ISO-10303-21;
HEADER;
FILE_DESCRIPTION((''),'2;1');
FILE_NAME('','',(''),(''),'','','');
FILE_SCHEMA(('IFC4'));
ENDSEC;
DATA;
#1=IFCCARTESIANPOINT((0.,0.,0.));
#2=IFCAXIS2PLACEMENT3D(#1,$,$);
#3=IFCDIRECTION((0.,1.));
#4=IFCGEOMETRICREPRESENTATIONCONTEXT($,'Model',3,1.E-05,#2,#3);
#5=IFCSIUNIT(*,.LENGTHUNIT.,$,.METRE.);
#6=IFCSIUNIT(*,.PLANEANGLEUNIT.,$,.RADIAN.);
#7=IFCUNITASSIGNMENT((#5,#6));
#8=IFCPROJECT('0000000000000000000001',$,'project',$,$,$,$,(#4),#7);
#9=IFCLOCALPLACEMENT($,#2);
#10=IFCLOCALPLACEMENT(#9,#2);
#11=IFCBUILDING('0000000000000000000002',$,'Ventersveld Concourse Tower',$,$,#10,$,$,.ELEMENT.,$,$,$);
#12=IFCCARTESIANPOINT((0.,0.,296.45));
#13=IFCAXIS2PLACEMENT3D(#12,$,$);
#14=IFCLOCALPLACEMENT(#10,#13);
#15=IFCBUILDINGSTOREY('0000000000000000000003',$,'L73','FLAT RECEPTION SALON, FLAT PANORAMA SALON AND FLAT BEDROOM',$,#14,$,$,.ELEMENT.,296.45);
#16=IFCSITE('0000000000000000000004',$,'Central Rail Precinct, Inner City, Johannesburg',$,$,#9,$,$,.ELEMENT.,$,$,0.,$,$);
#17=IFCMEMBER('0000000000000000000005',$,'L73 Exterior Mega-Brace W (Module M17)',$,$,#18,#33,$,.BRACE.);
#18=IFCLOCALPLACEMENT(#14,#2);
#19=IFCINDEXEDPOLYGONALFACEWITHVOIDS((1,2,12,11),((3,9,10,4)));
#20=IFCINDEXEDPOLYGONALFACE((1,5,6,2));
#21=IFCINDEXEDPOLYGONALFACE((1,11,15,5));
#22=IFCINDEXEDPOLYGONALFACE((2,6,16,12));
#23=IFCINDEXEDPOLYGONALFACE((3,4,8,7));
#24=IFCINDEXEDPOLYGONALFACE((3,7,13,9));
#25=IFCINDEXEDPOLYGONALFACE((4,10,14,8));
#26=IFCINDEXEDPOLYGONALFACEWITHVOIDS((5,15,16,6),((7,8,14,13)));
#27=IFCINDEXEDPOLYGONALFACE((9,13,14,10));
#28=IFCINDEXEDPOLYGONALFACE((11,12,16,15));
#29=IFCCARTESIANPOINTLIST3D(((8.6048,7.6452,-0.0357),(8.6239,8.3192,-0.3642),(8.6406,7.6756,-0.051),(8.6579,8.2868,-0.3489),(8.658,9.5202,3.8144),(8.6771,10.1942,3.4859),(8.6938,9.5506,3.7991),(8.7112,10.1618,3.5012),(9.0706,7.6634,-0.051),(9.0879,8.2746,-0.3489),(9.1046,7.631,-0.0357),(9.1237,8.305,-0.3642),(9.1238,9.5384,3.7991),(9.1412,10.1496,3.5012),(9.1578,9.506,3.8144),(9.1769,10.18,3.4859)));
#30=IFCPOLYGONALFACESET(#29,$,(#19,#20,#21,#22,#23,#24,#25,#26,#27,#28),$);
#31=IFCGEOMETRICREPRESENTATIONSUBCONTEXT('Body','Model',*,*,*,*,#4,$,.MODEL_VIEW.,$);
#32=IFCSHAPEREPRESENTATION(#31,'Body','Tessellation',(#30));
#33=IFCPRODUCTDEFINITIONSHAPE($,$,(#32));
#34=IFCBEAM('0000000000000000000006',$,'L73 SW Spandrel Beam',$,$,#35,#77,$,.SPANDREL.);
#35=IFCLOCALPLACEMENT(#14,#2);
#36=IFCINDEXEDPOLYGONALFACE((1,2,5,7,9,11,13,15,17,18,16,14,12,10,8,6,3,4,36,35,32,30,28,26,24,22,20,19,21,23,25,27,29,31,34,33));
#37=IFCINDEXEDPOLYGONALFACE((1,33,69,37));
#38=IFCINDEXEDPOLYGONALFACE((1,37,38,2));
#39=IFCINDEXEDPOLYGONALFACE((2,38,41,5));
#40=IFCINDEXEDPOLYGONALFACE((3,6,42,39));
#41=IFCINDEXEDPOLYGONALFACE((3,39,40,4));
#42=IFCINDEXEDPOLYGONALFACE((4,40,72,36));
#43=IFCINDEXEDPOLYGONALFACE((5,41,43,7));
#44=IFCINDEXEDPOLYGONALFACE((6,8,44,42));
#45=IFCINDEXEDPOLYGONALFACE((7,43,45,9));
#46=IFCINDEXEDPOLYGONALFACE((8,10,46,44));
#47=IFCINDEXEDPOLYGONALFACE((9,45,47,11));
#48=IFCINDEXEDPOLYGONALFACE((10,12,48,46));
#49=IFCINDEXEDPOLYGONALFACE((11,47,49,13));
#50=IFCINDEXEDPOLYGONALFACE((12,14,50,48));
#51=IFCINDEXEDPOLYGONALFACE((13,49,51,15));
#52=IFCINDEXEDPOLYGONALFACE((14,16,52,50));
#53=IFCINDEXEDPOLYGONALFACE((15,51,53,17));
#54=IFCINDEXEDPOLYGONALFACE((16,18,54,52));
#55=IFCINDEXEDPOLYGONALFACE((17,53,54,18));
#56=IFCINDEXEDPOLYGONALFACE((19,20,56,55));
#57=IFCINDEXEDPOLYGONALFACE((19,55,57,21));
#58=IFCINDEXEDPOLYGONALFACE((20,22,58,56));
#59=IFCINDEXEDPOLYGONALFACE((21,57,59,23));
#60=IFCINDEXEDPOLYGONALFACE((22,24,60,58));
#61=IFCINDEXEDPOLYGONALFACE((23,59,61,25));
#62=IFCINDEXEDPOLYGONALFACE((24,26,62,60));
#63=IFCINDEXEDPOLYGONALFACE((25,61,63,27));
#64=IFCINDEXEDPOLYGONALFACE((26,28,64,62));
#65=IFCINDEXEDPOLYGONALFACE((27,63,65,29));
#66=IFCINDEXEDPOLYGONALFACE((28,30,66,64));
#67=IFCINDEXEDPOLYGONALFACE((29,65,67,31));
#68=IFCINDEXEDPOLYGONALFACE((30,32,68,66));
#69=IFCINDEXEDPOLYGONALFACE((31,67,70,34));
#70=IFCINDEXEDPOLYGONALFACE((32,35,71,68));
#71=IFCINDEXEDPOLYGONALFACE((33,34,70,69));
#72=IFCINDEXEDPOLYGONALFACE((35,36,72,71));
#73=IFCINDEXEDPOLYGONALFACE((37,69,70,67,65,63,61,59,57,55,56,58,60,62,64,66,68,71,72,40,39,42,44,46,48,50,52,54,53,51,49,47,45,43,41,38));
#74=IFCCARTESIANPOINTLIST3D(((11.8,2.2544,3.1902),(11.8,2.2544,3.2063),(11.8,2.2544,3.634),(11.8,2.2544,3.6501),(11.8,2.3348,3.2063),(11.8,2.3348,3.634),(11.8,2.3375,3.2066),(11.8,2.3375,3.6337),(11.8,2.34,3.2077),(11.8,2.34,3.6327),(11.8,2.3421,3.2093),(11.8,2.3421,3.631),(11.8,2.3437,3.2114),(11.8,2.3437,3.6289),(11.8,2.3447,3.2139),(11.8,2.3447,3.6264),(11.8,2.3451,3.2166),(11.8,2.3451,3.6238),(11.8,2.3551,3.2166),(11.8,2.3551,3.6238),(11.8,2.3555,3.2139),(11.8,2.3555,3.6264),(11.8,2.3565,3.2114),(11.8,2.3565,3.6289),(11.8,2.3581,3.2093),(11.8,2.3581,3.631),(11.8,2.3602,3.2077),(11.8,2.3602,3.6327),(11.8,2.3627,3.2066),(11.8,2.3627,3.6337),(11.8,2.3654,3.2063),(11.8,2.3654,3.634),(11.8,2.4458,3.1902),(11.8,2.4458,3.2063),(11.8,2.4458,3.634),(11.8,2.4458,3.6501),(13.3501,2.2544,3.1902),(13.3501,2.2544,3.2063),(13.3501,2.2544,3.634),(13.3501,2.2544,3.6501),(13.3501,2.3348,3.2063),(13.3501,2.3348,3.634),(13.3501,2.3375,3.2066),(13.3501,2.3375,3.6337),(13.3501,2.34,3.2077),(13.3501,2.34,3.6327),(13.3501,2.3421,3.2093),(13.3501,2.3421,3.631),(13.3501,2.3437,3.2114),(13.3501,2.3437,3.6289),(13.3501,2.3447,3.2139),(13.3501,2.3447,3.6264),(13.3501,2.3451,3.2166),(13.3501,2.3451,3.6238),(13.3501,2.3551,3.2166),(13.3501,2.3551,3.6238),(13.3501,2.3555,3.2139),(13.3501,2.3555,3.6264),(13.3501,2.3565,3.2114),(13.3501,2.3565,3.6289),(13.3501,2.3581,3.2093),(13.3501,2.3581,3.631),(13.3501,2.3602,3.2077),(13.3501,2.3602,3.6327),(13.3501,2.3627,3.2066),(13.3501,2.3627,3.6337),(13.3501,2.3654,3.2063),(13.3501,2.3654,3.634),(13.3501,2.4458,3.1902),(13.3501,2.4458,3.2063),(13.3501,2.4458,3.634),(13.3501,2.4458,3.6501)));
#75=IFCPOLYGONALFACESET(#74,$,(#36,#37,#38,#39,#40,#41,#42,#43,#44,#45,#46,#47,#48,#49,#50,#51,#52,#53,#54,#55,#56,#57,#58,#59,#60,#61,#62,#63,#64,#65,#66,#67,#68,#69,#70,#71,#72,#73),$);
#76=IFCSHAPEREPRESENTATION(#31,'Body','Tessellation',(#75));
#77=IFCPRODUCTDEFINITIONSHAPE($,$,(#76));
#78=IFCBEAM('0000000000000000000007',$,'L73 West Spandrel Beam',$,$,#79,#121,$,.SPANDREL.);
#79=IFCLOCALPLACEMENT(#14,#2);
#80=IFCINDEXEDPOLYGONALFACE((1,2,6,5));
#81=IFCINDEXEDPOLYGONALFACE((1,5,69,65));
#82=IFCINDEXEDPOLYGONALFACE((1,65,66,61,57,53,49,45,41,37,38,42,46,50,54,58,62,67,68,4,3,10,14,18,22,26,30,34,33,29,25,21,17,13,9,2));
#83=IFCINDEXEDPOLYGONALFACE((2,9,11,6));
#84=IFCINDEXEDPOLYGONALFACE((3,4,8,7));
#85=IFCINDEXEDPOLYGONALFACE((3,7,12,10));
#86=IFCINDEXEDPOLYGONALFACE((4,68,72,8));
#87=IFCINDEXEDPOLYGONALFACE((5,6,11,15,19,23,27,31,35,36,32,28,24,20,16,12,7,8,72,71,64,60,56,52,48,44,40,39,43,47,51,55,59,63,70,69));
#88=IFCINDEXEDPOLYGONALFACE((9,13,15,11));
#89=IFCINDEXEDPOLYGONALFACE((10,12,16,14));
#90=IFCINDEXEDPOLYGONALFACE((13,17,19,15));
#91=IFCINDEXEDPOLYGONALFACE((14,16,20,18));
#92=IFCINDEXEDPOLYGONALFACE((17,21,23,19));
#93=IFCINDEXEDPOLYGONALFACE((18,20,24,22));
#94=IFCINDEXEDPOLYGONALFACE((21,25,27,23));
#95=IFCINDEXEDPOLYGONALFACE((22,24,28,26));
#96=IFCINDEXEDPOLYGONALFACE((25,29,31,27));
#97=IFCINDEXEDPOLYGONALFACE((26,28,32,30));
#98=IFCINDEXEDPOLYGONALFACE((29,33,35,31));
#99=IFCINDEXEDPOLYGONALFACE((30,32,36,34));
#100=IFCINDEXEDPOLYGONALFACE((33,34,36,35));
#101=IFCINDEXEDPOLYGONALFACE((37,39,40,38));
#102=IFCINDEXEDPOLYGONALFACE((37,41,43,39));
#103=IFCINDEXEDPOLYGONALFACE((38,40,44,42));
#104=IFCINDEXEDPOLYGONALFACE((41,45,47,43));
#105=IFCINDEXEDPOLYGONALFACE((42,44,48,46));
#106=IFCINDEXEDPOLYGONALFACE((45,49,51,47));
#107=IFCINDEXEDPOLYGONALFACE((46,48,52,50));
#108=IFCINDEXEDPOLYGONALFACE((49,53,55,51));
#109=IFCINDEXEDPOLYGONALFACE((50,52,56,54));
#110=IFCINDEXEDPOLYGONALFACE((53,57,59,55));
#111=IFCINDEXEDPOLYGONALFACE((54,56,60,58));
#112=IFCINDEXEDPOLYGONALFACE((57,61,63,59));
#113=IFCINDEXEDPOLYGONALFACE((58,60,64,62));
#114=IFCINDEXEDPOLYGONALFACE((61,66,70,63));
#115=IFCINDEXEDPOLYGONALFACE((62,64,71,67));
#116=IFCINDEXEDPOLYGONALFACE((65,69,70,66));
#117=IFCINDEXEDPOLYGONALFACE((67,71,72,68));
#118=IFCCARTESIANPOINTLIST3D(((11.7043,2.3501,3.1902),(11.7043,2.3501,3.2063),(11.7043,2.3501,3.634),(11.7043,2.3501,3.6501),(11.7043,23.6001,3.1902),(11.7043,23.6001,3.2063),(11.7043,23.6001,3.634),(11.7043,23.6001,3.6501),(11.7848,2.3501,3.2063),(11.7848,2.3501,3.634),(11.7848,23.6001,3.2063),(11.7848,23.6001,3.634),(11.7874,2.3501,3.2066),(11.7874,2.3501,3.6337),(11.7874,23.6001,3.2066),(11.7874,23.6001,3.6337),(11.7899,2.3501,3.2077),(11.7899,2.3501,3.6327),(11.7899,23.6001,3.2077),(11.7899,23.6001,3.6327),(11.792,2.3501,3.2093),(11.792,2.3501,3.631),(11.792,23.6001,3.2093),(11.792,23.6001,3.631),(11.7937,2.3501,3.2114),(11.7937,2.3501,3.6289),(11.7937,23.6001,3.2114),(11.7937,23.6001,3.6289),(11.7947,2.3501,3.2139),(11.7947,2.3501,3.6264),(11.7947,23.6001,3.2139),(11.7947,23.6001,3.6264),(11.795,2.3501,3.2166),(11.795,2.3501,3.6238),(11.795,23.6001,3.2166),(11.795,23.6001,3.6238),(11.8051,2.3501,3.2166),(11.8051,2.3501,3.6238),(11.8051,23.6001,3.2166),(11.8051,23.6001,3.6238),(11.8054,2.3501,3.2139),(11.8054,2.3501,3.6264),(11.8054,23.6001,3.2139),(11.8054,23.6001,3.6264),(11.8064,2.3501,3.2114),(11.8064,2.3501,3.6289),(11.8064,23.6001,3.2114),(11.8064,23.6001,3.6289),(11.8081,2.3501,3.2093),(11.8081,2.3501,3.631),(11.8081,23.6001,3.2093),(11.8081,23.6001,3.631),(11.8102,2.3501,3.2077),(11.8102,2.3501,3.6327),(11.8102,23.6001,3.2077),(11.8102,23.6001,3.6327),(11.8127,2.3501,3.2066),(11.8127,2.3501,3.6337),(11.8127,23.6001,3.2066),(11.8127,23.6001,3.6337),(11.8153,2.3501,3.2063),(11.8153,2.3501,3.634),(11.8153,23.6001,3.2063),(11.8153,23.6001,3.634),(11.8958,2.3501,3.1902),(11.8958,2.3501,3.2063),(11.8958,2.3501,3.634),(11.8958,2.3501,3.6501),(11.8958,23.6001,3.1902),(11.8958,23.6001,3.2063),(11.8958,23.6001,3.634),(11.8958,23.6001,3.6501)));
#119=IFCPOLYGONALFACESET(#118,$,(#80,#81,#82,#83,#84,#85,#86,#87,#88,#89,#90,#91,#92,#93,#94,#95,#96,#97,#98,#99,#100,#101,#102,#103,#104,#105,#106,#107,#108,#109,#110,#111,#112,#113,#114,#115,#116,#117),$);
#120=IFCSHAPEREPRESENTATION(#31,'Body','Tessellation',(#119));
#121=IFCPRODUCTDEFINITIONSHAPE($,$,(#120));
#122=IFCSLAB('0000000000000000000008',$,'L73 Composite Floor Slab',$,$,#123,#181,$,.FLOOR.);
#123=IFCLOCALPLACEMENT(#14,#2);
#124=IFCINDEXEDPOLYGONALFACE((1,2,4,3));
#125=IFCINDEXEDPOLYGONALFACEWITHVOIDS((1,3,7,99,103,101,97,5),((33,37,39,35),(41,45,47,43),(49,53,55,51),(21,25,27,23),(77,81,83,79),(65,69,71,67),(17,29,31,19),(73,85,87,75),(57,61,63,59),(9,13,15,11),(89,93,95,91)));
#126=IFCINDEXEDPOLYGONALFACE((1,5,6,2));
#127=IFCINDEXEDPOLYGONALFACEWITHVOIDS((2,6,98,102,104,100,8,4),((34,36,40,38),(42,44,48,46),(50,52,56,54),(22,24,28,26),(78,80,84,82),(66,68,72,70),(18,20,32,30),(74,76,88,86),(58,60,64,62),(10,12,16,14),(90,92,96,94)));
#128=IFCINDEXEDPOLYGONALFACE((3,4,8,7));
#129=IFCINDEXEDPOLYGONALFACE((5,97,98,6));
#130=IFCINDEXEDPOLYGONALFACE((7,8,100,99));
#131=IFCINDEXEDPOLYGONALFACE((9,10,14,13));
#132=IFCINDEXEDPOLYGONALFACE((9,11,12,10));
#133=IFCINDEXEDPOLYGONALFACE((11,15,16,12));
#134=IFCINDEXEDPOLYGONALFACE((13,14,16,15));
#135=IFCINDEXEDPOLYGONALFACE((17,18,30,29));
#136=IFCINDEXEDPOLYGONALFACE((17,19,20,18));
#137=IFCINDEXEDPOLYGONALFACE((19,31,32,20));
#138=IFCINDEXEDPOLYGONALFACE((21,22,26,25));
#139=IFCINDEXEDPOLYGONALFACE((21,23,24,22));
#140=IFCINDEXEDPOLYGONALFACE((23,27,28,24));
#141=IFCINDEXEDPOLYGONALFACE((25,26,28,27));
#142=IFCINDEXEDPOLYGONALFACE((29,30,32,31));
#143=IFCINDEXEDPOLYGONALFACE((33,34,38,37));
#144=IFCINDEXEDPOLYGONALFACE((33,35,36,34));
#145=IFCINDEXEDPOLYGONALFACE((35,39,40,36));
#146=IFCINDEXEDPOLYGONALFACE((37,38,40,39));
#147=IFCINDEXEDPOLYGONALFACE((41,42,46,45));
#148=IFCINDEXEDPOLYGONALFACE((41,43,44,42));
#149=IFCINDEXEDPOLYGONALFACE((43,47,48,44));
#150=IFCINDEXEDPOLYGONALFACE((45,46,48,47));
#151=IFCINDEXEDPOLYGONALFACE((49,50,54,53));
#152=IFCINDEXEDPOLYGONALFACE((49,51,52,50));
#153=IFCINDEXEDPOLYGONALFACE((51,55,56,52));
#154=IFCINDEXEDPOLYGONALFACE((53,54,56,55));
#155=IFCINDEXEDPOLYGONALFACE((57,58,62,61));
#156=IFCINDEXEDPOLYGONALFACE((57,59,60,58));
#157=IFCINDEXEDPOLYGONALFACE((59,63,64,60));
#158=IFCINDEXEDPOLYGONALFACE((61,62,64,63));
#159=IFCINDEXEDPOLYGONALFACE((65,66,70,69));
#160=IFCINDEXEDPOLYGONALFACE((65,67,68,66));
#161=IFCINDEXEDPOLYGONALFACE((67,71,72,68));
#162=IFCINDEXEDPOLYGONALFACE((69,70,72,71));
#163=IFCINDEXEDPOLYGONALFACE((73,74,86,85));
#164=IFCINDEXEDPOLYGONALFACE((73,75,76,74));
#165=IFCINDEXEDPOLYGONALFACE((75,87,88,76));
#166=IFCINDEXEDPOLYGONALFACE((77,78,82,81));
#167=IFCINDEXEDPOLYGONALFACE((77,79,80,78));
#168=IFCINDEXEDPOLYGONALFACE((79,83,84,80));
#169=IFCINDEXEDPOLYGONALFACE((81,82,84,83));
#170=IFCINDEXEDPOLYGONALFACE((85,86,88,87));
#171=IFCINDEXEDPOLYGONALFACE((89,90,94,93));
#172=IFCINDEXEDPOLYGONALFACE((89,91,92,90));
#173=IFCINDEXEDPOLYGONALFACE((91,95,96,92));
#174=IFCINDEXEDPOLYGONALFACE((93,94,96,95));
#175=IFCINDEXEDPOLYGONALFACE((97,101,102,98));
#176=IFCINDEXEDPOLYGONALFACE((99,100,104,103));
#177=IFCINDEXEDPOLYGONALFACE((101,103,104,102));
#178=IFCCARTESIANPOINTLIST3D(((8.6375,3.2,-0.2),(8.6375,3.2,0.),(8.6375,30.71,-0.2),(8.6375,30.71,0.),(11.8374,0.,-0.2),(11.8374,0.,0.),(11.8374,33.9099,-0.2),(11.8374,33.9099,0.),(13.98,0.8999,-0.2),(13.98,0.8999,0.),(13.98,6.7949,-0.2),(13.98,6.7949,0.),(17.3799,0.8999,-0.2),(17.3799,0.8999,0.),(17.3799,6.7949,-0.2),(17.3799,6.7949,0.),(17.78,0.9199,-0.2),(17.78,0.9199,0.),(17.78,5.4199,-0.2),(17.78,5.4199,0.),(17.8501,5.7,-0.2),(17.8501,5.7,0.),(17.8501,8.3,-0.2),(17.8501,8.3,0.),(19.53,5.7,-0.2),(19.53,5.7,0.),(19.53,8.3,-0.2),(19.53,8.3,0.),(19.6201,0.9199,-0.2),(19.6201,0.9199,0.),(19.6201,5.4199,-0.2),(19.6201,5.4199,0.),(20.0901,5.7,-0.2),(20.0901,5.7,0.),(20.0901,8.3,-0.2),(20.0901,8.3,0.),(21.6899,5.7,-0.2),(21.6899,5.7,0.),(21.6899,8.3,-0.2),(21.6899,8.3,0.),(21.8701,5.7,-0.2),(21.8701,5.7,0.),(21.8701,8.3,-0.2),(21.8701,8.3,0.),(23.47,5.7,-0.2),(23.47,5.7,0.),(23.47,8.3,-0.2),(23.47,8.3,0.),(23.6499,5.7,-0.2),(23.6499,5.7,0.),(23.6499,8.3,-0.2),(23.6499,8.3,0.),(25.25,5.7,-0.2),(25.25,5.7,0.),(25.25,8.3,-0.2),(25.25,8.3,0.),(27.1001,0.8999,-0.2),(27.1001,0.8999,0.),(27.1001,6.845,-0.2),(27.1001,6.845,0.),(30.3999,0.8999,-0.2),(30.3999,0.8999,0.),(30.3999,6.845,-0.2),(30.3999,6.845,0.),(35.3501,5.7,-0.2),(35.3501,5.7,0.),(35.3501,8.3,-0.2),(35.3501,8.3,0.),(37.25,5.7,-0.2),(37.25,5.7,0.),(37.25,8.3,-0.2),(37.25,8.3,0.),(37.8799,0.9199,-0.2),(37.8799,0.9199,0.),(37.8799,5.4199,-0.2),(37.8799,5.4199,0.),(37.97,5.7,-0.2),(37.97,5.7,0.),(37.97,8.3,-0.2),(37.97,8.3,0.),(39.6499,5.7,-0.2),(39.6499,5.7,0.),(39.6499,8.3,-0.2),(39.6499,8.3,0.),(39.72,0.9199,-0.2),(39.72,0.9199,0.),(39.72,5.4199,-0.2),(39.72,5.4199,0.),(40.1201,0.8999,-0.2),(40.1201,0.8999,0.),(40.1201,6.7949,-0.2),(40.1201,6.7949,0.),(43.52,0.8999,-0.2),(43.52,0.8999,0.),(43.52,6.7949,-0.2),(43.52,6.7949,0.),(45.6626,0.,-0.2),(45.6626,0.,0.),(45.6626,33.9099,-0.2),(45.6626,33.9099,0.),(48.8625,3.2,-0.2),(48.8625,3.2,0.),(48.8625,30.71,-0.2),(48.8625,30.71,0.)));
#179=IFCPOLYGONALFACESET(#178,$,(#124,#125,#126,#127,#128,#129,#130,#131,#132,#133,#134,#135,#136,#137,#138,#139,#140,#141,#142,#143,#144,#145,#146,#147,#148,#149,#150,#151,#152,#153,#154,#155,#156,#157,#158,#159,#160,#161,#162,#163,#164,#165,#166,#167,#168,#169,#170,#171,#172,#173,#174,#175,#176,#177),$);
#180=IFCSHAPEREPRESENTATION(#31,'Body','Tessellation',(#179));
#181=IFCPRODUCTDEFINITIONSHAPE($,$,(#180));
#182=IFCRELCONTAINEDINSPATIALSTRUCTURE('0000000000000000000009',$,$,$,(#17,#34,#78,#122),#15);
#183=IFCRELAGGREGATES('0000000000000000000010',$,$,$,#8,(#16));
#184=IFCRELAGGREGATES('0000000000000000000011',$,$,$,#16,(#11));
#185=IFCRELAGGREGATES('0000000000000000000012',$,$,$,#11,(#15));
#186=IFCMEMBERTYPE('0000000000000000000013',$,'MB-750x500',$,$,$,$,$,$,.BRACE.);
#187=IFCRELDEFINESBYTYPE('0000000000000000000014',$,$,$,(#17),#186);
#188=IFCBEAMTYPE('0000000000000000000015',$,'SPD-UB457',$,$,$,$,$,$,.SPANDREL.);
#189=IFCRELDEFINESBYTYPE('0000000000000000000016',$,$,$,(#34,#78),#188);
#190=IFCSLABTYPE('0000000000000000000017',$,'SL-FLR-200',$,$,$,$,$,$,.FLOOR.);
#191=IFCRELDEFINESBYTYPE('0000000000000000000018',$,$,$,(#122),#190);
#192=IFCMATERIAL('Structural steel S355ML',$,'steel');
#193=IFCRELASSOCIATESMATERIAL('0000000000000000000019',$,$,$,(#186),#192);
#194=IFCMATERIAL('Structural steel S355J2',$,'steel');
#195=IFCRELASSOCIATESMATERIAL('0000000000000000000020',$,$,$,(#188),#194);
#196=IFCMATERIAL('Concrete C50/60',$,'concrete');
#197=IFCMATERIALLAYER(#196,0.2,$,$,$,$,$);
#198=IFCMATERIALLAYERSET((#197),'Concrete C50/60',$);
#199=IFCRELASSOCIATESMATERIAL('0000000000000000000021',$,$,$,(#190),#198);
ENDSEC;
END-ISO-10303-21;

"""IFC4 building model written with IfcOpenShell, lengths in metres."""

from ifc_helpers import new_model, si_unit, direction, frame, origin, origin_2d, place, context, subcontext, project, spatial, polyline, hollow_rectangle, i_section, outline, extrude, material, layer, layer_set, material_profile, profile_set, type_object, element, save


model = new_model("IFC4")

# Units and contexts
model_context = context("Model", 3, precision=1e-05, world=origin(), true_north=direction((0.0, 1.0)))
body_context = subcontext(model_context, "Body", "Model", "MODEL_VIEW")
ifc_project = project(units=[si_unit("LENGTHUNIT", "METRE"), si_unit("PLANEANGLEUNIT", "RADIAN")], contexts=[model_context])

# Site, building, storey
site_placement = place(None, origin())
site = spatial("IfcSite", under=ifc_project, at=site_placement, Name="Central Rail Precinct, Inner City, Johannesburg", CompositionType="ELEMENT", RefElevation=0.0)
building_placement = place(site_placement, origin())
building = spatial("IfcBuilding", under=site, at=building_placement, Name="Ventersveld Concourse Tower", CompositionType="ELEMENT")
storey_placement = place(building_placement, frame((0.0, 0.0, 296.45)))
storey = spatial("IfcBuildingStorey", under=building, at=storey_placement, Name="L73", Description="FLAT RECEPTION SALON, FLAT PANORAMA SALON AND FLAT BEDROOM", CompositionType="ELEMENT", Elevation=296.45)

# Shared definitions
ifc_material_1 = material(Name="Concrete C50/60", Category="concrete")

# Shared definitions
ifc_material_2 = material(Name="Structural steel S355J2", Category="steel")

# Member
ifc_material_3 = material(Name="Structural steel S355ML", Category="steel")
ifc_material_profile_1 = material_profile(ifc_material_3, hollow_rectangle(XDim=0.5, YDim=0.75, WallThickness=0.0349, at=origin_2d()), Name="BOX 750x500x35")
ifc_profile_set_1 = profile_set([ifc_material_profile_1], Name="Structural steel S355ML")
member_type = type_object("IfcMemberType", Name="MB-750x500", PredefinedType="BRACE", material=ifc_profile_set_1)
member_placement = place(storey_placement, frame((8.8643, 7.9751, -0.2), z_axis=(0.012427, 0.437806, 0.898984), x_axis=(-0.999597, 0.028374, 0.0)))
element("IfcMember", 1, at=member_placement, inside=storey, type_object=member_type, Name="L73 Exterior Mega-Brace W (Module M17)", PredefinedType="BRACE", context=body_context, shape_type="SweptSolid", body=[
    extrude(hollow_rectangle(XDim=0.5, YDim=0.75, WallThickness=0.0349, at=origin_2d()), origin(), (0.0, 0.0, 1.0), 4.2827),
])

# Beams
ifc_material_profile_2 = material_profile(ifc_material_2, i_section(OverallWidth=0.1914, OverallDepth=0.46, WebThickness=0.01, FlangeThickness=0.0161, FilletRadius=0.0103, at=origin_2d()), Name="UB 457x191x82")
ifc_profile_set_2 = profile_set([ifc_material_profile_2], Name="Structural steel S355J2")
beam_type_1 = type_object("IfcBeamType", Name="SPD-UB457", PredefinedType="SPANDREL", material=ifc_profile_set_2)
beam_1_placement = place(storey_placement, frame((11.8, 2.3501, 3.4202), z_axis=(1.0, 0.0, 0.0), x_axis=(0.0, 1.0, 0.0)))
element("IfcBeam", 2, at=beam_1_placement, inside=storey, type_object=beam_type_1, Name="L73 SW Spandrel Beam", PredefinedType="SPANDREL", context=body_context, shape_type="SweptSolid", body=[
    extrude(i_section(OverallWidth=0.1914, OverallDepth=0.46, WebThickness=0.01, FlangeThickness=0.0161, FilletRadius=0.0103, at=origin_2d()), origin(), (0.0, 0.0, 1.0), 1.55),
])
beam_2_placement = place(storey_placement, frame((11.8, 2.3501, 3.4202), z_axis=(0.0, 1.0, 0.0), x_axis=(-1.0, 0.0, 0.0)))
element("IfcBeam", 3, at=beam_2_placement, inside=storey, type_object=beam_type_1, Name="L73 West Spandrel Beam", PredefinedType="SPANDREL", context=body_context, shape_type="SweptSolid", body=[
    extrude(i_section(OverallWidth=0.1914, OverallDepth=0.46, WebThickness=0.01, FlangeThickness=0.0161, FilletRadius=0.0103, at=origin_2d()), origin(), (0.0, 0.0, 1.0), 21.25),
])

# Slab
ifc_layer_1 = layer(ifc_material_1, 0.2)
ifc_layer_set_1 = layer_set([ifc_layer_1], Name="Concrete C50/60")
slab_type_1 = type_object("IfcSlabType", Name="SL-FLR-200", PredefinedType="FLOOR", material=ifc_layer_set_1)
slab_1_placement = place(storey_placement, frame((0.0, 0.0, -0.2)))
element("IfcSlab", 4, at=slab_1_placement, inside=storey, type_object=slab_type_1, Name="L73 Composite Floor Slab", PredefinedType="FLOOR", context=body_context, shape_type="SweptSolid", body=[
    extrude(outline(polyline([(11.8374, 0.0), (45.6626, 0.0), (48.8625, 3.2), (48.8625, 30.71), (45.6626, 33.9099), (11.8374, 33.9099), (8.6375, 30.71), (8.6375, 3.2), (11.8374, 0.0)]), holes=[polyline([(13.98, 6.7949), (13.98, 0.8999), (17.3799, 0.8999), (17.3799, 6.7949), (13.98, 6.7949)]), polyline([(40.1201, 6.7949), (40.1201, 0.8999), (43.52, 0.8999), (43.52, 6.7949), (40.1201, 6.7949)]), polyline([(27.1001, 6.845), (27.1001, 0.8999), (30.3999, 0.8999), (30.3999, 6.845), (27.1001, 6.845)]), polyline([(17.8501, 5.7), (19.53, 5.7), (19.53, 8.3), (17.8501, 8.3), (17.8501, 5.7)]), polyline([(37.97, 5.7), (39.6499, 5.7), (39.6499, 8.3), (37.97, 8.3), (37.97, 5.7)]), polyline([(35.3501, 5.7), (37.25, 5.7), (37.25, 8.3), (35.3501, 8.3), (35.3501, 5.7)]), polyline([(20.0901, 5.7), (21.6899, 5.7), (21.6899, 8.3), (20.0901, 8.3), (20.0901, 5.7)]), polyline([(21.8701, 5.7), (23.47, 5.7), (23.47, 8.3), (21.8701, 8.3), (21.8701, 5.7)]), polyline([(23.6499, 5.7), (25.25, 5.7), (25.25, 8.3), (23.6499, 8.3), (23.6499, 5.7)]), polyline([(17.78, 0.9199), (19.6201, 0.9199), (19.6201, 5.4199), (17.78, 5.4199), (17.78, 0.9199)]), polyline([(37.8799, 0.9199), (39.72, 0.9199), (39.72, 5.4199), (37.8799, 5.4199), (37.8799, 0.9199)])]), origin(), (0.0, 0.0, 1.0), 0.2),
])

save(model, "model.ifc")
